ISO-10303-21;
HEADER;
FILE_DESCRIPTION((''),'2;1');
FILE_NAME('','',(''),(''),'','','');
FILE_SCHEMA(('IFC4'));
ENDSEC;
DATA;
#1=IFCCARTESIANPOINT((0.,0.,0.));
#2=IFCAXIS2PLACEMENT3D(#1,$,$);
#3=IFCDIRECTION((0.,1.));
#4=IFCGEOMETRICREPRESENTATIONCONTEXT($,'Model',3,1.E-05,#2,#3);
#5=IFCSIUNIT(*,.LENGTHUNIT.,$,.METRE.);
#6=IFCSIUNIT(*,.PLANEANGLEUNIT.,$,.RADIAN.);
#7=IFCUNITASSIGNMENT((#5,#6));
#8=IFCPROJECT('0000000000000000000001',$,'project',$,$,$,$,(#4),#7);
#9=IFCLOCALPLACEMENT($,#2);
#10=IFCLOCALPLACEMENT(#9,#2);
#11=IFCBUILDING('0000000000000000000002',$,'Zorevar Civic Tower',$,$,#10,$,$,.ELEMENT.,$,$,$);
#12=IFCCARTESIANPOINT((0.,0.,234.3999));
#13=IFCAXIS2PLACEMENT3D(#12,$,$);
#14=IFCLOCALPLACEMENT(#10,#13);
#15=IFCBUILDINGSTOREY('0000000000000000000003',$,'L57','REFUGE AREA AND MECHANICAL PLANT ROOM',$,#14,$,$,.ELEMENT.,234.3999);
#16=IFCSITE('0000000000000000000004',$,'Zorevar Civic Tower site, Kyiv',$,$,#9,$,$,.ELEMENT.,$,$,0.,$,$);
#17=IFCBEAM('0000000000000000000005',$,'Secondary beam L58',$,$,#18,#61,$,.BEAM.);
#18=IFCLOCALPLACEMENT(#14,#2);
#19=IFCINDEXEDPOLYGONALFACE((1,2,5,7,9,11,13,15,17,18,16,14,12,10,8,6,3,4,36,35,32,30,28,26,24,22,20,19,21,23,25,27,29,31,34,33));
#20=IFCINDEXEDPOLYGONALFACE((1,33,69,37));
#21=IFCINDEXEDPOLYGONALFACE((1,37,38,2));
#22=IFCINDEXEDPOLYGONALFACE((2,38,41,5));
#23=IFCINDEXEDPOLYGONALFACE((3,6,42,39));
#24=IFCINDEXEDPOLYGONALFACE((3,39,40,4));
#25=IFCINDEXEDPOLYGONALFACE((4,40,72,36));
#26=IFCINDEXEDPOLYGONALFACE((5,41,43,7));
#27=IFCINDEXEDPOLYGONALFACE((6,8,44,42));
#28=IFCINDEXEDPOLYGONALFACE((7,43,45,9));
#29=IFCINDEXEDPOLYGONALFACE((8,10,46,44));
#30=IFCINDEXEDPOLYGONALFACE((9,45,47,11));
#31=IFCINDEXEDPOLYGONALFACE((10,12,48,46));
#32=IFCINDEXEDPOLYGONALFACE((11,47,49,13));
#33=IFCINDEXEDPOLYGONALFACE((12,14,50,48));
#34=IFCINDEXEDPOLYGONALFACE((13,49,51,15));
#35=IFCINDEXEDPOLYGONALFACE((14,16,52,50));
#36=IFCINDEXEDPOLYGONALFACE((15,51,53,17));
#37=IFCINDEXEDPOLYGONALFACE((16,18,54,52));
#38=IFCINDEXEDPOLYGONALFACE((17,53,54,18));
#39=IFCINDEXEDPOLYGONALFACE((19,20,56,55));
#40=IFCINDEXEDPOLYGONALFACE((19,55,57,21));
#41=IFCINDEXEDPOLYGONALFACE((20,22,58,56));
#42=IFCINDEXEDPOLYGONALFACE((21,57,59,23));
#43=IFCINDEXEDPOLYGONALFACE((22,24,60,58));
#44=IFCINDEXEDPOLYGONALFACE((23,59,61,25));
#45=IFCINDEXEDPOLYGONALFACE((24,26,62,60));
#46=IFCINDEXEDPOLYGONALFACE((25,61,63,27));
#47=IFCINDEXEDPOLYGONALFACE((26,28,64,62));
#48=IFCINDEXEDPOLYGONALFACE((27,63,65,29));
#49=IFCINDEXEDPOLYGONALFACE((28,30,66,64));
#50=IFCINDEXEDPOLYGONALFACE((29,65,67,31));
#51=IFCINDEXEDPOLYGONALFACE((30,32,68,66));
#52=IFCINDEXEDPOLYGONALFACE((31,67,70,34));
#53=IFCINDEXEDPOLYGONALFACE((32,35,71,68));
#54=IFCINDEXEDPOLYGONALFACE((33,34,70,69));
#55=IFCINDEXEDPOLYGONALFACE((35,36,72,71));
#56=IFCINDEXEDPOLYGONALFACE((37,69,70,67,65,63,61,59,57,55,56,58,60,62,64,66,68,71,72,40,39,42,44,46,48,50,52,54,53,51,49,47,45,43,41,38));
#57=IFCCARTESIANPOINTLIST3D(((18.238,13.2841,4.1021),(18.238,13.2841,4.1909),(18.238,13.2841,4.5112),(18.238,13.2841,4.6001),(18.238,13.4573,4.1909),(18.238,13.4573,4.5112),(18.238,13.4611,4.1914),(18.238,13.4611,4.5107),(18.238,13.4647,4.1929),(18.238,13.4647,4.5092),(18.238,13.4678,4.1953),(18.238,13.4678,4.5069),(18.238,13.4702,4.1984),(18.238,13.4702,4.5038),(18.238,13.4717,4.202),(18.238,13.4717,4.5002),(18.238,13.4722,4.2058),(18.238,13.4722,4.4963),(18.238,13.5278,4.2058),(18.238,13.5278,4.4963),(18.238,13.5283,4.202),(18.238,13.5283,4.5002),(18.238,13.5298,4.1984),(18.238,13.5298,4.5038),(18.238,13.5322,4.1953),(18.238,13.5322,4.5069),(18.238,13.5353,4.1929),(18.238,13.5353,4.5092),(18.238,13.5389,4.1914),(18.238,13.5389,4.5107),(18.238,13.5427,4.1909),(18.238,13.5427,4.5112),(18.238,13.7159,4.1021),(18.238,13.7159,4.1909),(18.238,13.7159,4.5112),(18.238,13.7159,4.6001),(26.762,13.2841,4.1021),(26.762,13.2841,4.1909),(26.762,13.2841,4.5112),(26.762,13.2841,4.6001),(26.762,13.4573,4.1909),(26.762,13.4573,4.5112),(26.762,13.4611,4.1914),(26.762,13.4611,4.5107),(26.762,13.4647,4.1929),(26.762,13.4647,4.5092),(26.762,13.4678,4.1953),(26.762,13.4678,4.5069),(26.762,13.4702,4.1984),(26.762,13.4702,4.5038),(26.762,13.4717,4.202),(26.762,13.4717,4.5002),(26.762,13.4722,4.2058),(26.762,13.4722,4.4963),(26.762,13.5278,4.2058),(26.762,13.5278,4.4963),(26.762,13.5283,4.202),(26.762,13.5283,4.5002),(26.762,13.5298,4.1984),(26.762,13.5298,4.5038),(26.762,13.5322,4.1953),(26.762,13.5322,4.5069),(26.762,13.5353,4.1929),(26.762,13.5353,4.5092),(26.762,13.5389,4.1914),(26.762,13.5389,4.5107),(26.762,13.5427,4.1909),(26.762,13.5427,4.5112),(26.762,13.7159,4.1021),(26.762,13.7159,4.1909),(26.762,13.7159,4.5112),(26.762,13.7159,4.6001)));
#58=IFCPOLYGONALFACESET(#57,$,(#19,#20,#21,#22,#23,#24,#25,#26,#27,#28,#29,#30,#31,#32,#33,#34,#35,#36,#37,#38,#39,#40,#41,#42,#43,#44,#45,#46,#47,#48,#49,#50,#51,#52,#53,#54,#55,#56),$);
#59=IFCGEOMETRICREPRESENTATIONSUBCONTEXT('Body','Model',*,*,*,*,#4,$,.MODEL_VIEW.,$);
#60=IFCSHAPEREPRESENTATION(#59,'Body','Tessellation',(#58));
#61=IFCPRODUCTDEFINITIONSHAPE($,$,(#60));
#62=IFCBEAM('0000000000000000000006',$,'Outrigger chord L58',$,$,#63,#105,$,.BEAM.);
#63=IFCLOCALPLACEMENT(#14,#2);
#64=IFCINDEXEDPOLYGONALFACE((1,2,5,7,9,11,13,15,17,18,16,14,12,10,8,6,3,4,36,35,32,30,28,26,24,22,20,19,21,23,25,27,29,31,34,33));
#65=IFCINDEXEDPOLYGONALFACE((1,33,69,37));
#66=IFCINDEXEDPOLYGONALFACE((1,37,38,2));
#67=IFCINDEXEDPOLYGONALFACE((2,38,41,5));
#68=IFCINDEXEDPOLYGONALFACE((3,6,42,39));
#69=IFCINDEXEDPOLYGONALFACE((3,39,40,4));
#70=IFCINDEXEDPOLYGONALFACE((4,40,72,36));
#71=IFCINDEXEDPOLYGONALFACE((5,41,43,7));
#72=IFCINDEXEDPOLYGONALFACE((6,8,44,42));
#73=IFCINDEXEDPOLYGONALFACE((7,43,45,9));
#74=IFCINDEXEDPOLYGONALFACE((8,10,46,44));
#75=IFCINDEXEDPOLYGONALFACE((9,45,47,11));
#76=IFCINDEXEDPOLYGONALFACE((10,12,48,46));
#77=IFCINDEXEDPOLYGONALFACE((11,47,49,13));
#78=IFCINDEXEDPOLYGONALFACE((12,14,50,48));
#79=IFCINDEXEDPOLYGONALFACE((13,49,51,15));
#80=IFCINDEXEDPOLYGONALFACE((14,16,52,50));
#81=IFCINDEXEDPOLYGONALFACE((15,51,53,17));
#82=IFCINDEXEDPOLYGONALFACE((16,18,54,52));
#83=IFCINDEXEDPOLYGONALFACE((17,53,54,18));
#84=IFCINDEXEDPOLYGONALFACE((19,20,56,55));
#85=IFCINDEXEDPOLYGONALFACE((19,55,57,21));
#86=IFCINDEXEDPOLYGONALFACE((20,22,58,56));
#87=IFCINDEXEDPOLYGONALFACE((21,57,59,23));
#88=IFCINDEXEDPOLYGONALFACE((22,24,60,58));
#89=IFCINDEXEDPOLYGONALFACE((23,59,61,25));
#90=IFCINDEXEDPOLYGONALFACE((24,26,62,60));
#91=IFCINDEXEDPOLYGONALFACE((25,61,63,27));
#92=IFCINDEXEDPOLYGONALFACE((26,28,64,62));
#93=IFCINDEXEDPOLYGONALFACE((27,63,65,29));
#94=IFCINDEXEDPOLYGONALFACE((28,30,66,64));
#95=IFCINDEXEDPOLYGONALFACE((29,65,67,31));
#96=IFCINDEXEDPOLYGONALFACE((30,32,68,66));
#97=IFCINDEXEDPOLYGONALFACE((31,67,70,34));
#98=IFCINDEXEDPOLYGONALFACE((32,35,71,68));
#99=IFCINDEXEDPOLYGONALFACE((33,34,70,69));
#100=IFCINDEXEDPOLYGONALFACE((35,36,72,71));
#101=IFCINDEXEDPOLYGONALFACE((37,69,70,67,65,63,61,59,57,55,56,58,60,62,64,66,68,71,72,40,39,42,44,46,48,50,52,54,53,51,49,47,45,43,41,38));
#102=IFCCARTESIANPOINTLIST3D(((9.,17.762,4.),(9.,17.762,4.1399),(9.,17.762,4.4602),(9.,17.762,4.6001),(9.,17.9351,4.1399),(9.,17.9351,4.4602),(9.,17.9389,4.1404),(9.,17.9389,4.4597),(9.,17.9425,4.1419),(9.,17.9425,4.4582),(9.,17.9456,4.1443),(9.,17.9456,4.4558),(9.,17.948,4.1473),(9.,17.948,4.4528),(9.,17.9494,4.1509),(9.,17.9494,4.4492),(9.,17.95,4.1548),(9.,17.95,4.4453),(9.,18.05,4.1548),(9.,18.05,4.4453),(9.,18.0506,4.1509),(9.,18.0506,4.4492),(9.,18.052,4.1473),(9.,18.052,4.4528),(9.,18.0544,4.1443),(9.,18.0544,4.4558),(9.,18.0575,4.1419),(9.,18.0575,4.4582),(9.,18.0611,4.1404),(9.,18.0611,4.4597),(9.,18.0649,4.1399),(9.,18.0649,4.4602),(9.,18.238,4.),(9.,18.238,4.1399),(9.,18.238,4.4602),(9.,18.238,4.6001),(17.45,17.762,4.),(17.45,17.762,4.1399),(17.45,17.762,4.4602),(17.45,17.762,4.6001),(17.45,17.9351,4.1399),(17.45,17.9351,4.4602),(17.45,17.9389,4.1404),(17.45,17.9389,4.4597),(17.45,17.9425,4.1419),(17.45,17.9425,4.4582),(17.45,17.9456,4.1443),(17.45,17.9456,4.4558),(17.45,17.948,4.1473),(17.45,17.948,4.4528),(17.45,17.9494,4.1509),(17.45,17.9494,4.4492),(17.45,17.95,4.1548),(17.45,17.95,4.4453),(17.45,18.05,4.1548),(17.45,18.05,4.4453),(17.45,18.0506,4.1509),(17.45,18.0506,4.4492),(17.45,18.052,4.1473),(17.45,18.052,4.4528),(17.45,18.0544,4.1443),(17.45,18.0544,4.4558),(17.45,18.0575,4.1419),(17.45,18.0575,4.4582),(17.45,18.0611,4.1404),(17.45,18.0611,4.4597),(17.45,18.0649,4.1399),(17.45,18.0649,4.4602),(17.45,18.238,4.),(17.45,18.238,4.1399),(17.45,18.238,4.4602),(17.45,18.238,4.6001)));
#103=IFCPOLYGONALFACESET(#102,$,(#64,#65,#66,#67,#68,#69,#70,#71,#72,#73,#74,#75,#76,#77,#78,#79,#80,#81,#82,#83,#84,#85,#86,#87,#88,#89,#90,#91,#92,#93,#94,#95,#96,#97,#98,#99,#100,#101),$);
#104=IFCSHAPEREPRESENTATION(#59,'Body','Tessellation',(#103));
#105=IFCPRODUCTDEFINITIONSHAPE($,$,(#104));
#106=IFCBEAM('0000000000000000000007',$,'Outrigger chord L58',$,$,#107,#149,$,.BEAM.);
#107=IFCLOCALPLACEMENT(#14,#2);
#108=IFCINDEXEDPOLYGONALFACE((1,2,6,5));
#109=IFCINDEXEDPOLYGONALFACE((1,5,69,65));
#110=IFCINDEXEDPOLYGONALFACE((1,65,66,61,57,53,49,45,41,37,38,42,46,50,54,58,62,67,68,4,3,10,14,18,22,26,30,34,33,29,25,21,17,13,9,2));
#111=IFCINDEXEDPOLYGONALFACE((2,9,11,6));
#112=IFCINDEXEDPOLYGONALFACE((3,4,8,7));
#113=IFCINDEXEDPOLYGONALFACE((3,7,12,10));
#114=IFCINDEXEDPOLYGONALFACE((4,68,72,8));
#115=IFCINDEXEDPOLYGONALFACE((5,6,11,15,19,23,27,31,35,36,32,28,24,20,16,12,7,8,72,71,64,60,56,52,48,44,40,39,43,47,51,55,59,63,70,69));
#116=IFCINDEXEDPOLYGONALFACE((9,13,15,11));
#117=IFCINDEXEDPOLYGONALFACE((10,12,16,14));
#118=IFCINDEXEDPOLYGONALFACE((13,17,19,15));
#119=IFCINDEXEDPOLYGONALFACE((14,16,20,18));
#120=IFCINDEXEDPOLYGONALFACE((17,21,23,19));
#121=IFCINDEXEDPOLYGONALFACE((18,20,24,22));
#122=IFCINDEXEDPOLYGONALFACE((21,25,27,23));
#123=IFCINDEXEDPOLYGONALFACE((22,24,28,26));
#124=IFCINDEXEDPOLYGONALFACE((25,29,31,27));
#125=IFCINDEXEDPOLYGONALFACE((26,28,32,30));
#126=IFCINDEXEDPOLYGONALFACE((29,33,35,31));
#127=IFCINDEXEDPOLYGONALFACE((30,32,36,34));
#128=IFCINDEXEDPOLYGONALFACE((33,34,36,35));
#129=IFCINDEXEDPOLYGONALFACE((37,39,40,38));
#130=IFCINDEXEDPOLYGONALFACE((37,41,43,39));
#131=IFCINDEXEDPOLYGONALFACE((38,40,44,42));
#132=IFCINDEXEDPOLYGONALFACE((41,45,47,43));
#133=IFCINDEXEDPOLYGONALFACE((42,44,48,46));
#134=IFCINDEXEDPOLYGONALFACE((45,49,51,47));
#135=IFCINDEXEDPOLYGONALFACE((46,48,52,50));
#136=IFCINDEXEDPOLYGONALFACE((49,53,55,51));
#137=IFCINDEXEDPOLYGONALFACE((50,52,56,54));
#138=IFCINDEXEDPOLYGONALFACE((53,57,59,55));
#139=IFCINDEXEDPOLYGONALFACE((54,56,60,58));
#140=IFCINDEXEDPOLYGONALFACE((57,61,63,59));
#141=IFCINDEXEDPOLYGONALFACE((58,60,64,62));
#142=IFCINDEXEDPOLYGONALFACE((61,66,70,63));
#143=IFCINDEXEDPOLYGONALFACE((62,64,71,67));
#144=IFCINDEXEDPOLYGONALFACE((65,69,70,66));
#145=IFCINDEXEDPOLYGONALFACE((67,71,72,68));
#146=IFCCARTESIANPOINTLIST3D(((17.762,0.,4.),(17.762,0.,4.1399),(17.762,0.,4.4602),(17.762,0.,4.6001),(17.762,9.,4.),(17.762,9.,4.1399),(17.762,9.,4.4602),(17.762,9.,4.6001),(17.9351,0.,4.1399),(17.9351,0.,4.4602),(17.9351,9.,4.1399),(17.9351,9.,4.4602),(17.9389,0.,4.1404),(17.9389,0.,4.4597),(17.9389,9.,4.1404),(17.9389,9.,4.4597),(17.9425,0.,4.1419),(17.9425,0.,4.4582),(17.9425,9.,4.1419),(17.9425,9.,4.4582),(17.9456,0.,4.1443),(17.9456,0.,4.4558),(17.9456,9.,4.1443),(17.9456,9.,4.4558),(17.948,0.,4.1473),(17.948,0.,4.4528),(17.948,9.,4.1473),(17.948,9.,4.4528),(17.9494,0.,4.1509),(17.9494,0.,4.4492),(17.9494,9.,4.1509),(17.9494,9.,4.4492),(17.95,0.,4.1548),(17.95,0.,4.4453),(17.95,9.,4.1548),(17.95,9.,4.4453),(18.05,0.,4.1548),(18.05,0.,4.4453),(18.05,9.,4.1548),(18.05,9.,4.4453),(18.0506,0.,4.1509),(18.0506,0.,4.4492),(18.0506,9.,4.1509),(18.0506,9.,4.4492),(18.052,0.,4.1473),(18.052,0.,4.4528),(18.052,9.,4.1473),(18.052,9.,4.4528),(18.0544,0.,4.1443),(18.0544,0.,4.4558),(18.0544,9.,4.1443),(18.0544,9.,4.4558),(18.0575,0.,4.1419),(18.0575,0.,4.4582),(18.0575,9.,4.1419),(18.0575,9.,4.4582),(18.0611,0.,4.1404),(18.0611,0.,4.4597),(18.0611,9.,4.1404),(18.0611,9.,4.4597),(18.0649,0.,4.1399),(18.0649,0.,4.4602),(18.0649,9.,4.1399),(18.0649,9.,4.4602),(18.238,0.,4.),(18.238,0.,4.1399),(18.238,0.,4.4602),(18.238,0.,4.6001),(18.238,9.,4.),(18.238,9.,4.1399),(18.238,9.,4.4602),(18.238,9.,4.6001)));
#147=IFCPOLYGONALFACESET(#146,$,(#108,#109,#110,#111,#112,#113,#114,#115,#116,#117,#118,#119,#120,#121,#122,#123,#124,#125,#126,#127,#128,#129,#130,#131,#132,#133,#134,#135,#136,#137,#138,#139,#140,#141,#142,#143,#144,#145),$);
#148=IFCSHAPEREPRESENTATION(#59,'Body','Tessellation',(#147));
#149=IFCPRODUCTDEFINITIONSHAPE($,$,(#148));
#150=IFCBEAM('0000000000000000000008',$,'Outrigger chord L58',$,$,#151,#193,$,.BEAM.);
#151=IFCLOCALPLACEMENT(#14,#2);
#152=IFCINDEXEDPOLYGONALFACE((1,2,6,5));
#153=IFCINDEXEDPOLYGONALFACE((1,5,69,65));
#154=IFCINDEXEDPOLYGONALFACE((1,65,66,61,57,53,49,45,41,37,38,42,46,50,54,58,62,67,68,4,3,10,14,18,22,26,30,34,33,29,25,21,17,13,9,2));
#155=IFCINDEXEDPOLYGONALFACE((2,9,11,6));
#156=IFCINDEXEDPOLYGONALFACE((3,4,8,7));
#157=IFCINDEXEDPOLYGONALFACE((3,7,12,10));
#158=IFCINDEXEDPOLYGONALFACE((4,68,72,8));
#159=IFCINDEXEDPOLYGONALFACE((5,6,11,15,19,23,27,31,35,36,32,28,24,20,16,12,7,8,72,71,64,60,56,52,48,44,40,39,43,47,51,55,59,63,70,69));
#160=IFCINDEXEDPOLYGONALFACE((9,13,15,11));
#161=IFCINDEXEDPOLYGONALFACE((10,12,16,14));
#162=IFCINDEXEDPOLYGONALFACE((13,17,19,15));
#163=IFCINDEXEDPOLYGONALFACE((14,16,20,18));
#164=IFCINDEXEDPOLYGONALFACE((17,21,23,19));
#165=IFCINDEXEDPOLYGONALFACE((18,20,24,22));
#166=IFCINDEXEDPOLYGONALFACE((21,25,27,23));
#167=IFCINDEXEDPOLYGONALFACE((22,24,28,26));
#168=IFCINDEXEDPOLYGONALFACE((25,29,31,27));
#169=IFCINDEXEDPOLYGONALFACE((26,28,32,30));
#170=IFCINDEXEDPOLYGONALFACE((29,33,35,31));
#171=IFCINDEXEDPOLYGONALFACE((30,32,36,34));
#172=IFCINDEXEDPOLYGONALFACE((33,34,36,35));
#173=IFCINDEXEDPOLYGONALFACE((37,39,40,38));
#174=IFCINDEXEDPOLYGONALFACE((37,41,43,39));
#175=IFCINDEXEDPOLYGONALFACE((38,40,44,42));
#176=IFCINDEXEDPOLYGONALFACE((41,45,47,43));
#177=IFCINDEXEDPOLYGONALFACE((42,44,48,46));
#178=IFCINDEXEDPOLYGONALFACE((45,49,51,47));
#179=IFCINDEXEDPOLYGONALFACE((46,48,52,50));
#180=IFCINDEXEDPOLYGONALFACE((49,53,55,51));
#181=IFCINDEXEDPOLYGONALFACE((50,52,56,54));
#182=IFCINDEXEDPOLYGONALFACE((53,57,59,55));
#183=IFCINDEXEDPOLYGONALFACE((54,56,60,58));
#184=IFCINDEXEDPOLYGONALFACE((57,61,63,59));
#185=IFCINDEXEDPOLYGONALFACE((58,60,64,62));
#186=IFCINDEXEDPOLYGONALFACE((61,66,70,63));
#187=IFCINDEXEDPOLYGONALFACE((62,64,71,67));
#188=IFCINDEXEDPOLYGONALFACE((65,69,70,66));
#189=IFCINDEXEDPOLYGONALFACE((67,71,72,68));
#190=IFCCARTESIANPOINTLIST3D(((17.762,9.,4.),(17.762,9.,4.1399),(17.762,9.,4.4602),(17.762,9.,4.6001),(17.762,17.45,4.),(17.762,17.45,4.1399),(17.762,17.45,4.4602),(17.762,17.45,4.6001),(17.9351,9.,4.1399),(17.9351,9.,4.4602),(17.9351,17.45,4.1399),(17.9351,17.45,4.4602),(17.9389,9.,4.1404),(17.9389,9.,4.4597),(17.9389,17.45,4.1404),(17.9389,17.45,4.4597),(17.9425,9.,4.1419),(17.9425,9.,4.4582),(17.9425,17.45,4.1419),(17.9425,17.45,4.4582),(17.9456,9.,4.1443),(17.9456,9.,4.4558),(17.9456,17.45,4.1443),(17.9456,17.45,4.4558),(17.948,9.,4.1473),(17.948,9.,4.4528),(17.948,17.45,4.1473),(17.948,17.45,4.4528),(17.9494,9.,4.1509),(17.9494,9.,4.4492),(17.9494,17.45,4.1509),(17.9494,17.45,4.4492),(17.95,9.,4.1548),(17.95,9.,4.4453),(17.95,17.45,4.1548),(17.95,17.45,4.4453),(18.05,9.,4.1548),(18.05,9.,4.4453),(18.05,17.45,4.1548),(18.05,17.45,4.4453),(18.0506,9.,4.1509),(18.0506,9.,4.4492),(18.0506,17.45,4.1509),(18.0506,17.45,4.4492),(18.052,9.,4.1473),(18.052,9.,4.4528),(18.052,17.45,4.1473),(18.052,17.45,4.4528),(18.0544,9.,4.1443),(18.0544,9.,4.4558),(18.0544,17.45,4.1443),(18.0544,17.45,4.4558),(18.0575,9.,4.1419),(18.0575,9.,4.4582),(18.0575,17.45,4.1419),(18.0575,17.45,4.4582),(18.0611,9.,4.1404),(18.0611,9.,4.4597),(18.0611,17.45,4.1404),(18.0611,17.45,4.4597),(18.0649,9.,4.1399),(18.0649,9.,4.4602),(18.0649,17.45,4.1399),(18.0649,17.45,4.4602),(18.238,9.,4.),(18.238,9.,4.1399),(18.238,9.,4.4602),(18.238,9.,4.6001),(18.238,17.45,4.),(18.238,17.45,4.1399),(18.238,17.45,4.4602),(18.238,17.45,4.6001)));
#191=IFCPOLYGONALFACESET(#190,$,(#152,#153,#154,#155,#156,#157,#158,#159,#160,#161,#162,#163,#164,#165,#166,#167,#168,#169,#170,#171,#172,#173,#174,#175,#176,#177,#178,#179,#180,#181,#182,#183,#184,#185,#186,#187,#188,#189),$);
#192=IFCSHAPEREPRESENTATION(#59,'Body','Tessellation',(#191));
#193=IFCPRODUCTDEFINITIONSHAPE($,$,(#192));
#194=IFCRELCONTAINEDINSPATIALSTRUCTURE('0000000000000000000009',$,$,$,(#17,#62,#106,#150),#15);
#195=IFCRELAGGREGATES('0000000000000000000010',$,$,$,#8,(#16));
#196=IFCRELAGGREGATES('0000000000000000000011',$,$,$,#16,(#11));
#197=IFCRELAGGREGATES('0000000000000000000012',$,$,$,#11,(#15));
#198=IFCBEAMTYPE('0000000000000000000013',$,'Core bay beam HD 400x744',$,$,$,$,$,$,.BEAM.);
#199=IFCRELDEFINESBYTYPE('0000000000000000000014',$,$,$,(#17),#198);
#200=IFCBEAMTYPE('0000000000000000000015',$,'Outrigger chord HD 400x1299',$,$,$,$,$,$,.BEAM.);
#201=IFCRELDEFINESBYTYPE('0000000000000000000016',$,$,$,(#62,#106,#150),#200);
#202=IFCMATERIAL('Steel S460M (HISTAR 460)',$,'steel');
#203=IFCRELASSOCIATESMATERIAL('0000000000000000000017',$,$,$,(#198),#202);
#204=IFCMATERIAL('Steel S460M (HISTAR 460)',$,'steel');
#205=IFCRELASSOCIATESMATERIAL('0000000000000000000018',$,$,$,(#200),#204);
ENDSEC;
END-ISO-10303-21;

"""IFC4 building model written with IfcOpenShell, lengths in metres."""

from ifc_helpers import new_model, si_unit, direction, frame, origin, origin_2d, place, context, subcontext, project, spatial, i_section, extrude, material, material_profile, profile_set, type_object, element, save


model = new_model("IFC4")

# Units and contexts
model_context = context("Model", 3, precision=1e-05, world=origin(), true_north=direction((0.0, 1.0)))
body_context = subcontext(model_context, "Body", "Model", "MODEL_VIEW")
ifc_project = project(units=[si_unit("LENGTHUNIT", "METRE"), si_unit("PLANEANGLEUNIT", "RADIAN")], contexts=[model_context])

# Site, building, storey
site_placement = place(None, origin())
site = spatial("IfcSite", under=ifc_project, at=site_placement, Name="Zorevar Civic Tower site, Kyiv", CompositionType="ELEMENT", RefElevation=0.0)
building_placement = place(site_placement, origin())
building = spatial("IfcBuilding", under=site, at=building_placement, Name="Zorevar Civic Tower", CompositionType="ELEMENT")
storey_placement = place(building_placement, frame((0.0, 0.0, 234.3999)))
storey = spatial("IfcBuildingStorey", under=building, at=storey_placement, Name="L57", Description="REFUGE AREA AND MECHANICAL PLANT ROOM", CompositionType="ELEMENT", Elevation=234.3999)

# Beams
ifc_material_1 = material(Name="Steel S460M (HISTAR 460)", Category="steel")
ifc_material_profile_1 = material_profile(ifc_material_1, i_section(OverallWidth=0.4319, OverallDepth=0.498, WebThickness=0.0557, FlangeThickness=0.0889, FilletRadius=0.0149, at=origin_2d()), Name="HD 400x744")
ifc_profile_set_1 = profile_set([ifc_material_profile_1], Name="Steel S460M (HISTAR 460)")
beam_type_1 = type_object("IfcBeamType", Name="Core bay beam HD 400x744", PredefinedType="BEAM", material=ifc_profile_set_1)
beam_1_placement = place(storey_placement, frame((18.238, 13.5, 4.3511), z_axis=(1.0, 0.0, 0.0), x_axis=(0.0, 1.0, 0.0)))
element("IfcBeam", 1, at=beam_1_placement, inside=storey, type_object=beam_type_1, Name="Secondary beam L58", PredefinedType="BEAM", context=body_context, shape_type="SweptSolid", body=[
    extrude(i_section(OverallWidth=0.4319, OverallDepth=0.498, WebThickness=0.0557, FlangeThickness=0.0889, FilletRadius=0.0149, at=origin_2d()), origin(), (0.0, 0.0, 1.0), 8.5239),
])
ifc_material_2 = material(Name="Steel S460M (HISTAR 460)", Category="steel")
ifc_material_profile_2 = material_profile(ifc_material_2, i_section(OverallWidth=0.4761, OverallDepth=0.6001, WebThickness=0.1001, FlangeThickness=0.1399, FilletRadius=0.0149, at=origin_2d()), Name="HD 400x1299")
ifc_profile_set_2 = profile_set([ifc_material_profile_2], Name="Steel S460M (HISTAR 460)")
beam_type_2 = type_object("IfcBeamType", Name="Outrigger chord HD 400x1299", PredefinedType="BEAM", material=ifc_profile_set_2)
beam_2_placement = place(storey_placement, frame((9.0, 18.0, 4.3), z_axis=(1.0, 0.0, 0.0), x_axis=(0.0, 1.0, 0.0)))
element("IfcBeam", 2, at=beam_2_placement, inside=storey, type_object=beam_type_2, Name="Outrigger chord L58", PredefinedType="BEAM", context=body_context, shape_type="SweptSolid", body=[
    extrude(i_section(OverallWidth=0.4761, OverallDepth=0.6001, WebThickness=0.1001, FlangeThickness=0.1399, FilletRadius=0.0149, at=origin_2d()), origin(), (0.0, 0.0, 1.0), 8.45),
])
beam_3_placement = place(storey_placement, frame((18.0, 0.0, 4.3), z_axis=(0.0, 1.0, 0.0), x_axis=(-1.0, 0.0, 0.0)))
element("IfcBeam", 3, at=beam_3_placement, inside=storey, type_object=beam_type_2, Name="Outrigger chord L58", PredefinedType="BEAM", context=body_context, shape_type="SweptSolid", body=[
    extrude(i_section(OverallWidth=0.4761, OverallDepth=0.6001, WebThickness=0.1001, FlangeThickness=0.1399, FilletRadius=0.0149, at=origin_2d()), origin(), (0.0, 0.0, 1.0), 9.0),
])
beam_4_placement = place(storey_placement, frame((18.0, 9.0, 4.3), z_axis=(0.0, 1.0, 0.0), x_axis=(-1.0, 0.0, 0.0)))
element("IfcBeam", 4, at=beam_4_placement, inside=storey, type_object=beam_type_2, Name="Outrigger chord L58", PredefinedType="BEAM", context=body_context, shape_type="SweptSolid", body=[
    extrude(i_section(OverallWidth=0.4761, OverallDepth=0.6001, WebThickness=0.1001, FlangeThickness=0.1399, FilletRadius=0.0149, at=origin_2d()), origin(), (0.0, 0.0, 1.0), 8.45),
])

save(model, "model.ifc")
